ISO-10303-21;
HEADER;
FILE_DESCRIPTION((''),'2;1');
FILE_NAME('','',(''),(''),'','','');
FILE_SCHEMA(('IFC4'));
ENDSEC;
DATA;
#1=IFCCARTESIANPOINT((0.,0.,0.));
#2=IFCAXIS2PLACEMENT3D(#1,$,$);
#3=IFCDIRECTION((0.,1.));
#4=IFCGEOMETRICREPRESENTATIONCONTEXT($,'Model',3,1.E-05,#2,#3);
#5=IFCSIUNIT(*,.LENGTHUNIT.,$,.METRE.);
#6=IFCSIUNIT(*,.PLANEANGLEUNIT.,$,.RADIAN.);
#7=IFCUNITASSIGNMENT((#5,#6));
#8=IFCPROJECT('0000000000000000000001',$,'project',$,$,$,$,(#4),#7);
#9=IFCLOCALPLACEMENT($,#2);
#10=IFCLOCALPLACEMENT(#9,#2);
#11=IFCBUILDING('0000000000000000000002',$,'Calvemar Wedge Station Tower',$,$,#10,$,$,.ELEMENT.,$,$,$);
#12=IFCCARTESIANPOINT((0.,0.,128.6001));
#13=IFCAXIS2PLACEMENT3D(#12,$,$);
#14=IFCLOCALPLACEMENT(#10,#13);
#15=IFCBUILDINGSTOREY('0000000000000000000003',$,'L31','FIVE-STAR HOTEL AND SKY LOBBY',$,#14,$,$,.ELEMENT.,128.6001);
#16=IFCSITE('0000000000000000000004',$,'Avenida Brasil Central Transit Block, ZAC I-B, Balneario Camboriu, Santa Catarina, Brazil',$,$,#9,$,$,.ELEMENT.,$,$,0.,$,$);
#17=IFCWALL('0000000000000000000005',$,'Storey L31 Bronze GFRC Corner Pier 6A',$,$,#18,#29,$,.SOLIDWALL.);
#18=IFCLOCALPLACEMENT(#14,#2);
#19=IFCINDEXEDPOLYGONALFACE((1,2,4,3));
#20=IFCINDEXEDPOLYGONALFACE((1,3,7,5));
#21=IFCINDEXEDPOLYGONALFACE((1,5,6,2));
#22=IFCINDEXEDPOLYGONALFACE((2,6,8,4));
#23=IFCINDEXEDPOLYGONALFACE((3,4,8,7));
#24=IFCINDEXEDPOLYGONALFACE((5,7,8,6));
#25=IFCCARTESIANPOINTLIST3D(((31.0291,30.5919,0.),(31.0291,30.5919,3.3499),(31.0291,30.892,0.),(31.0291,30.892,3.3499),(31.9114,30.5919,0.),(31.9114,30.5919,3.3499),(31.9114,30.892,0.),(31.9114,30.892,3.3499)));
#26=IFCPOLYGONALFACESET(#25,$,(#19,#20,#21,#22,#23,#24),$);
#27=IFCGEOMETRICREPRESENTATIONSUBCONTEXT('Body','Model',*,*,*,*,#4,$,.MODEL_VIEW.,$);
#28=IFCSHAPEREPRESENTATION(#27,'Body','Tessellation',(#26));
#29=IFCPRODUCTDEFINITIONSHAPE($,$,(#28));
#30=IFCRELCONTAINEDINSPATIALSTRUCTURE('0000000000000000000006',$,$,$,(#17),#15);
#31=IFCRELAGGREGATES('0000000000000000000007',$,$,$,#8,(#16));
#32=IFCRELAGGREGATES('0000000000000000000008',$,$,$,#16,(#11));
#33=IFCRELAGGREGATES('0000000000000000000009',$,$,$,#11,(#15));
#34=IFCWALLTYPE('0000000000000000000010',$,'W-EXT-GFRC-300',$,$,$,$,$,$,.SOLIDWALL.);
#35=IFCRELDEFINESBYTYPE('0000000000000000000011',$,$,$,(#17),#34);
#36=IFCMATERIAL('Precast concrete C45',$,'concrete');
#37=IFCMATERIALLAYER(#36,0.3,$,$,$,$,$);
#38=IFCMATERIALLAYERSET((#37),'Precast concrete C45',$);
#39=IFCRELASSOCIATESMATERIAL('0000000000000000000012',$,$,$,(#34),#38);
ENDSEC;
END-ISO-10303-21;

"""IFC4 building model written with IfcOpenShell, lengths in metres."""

from ifc_helpers import new_model, si_unit, direction, frame, frame_2d, origin, place, context, subcontext, project, spatial, rectangle, extrude, material, layer, layer_set, type_object, element, save


model = new_model("IFC4")

# Units and contexts
model_context = context("Model", 3, precision=1e-05, world=origin(), true_north=direction((0.0, 1.0)))
body_context = subcontext(model_context, "Body", "Model", "MODEL_VIEW")
ifc_project = project(units=[si_unit("LENGTHUNIT", "METRE"), si_unit("PLANEANGLEUNIT", "RADIAN")], contexts=[model_context])

# Site, building, storey
site_placement = place(None, origin())
site = spatial("IfcSite", under=ifc_project, at=site_placement, Name="Avenida Brasil Central Transit Block, ZAC I-B, Balneario Camboriu, Santa Catarina, Brazil", CompositionType="ELEMENT", RefElevation=0.0)
building_placement = place(site_placement, origin())
building = spatial("IfcBuilding", under=site, at=building_placement, Name="Calvemar Wedge Station Tower", CompositionType="ELEMENT")
storey_placement = place(building_placement, frame((0.0, 0.0, 128.6001)))
storey = spatial("IfcBuildingStorey", under=building, at=storey_placement, Name="L31", Description="FIVE-STAR HOTEL AND SKY LOBBY", CompositionType="ELEMENT", Elevation=128.6001)

# Shared definitions
ifc_material_1 = material(Name="Precast concrete C45", Category="concrete")
ifc_layer_1 = layer(ifc_material_1, 0.3)
ifc_layer_set_1 = layer_set([ifc_layer_1], Name="Precast concrete C45")
wall_type_1 = type_object("IfcWallType", Name="W-EXT-GFRC-300", PredefinedType="SOLIDWALL", material=ifc_layer_set_1)

# Wall
wall_1_placement = place(storey_placement, frame((31.0291, 30.7419, 0.0), z_axis=(0.0, 0.0, 1.0), x_axis=(1.0, 0.0, 0.0)))
element("IfcWall", 1, at=wall_1_placement, inside=storey, type_object=wall_type_1, Name="Storey L31 Bronze GFRC Corner Pier 6A", PredefinedType="SOLIDWALL", context=body_context, shape_type="SweptSolid", body=[
    extrude(rectangle(XDim=0.8823, YDim=0.3, at=frame_2d((0.4412, 0.0))), origin(), (0.0, 0.0, 1.0), 3.3499),
])

save(model, "model.ifc")
